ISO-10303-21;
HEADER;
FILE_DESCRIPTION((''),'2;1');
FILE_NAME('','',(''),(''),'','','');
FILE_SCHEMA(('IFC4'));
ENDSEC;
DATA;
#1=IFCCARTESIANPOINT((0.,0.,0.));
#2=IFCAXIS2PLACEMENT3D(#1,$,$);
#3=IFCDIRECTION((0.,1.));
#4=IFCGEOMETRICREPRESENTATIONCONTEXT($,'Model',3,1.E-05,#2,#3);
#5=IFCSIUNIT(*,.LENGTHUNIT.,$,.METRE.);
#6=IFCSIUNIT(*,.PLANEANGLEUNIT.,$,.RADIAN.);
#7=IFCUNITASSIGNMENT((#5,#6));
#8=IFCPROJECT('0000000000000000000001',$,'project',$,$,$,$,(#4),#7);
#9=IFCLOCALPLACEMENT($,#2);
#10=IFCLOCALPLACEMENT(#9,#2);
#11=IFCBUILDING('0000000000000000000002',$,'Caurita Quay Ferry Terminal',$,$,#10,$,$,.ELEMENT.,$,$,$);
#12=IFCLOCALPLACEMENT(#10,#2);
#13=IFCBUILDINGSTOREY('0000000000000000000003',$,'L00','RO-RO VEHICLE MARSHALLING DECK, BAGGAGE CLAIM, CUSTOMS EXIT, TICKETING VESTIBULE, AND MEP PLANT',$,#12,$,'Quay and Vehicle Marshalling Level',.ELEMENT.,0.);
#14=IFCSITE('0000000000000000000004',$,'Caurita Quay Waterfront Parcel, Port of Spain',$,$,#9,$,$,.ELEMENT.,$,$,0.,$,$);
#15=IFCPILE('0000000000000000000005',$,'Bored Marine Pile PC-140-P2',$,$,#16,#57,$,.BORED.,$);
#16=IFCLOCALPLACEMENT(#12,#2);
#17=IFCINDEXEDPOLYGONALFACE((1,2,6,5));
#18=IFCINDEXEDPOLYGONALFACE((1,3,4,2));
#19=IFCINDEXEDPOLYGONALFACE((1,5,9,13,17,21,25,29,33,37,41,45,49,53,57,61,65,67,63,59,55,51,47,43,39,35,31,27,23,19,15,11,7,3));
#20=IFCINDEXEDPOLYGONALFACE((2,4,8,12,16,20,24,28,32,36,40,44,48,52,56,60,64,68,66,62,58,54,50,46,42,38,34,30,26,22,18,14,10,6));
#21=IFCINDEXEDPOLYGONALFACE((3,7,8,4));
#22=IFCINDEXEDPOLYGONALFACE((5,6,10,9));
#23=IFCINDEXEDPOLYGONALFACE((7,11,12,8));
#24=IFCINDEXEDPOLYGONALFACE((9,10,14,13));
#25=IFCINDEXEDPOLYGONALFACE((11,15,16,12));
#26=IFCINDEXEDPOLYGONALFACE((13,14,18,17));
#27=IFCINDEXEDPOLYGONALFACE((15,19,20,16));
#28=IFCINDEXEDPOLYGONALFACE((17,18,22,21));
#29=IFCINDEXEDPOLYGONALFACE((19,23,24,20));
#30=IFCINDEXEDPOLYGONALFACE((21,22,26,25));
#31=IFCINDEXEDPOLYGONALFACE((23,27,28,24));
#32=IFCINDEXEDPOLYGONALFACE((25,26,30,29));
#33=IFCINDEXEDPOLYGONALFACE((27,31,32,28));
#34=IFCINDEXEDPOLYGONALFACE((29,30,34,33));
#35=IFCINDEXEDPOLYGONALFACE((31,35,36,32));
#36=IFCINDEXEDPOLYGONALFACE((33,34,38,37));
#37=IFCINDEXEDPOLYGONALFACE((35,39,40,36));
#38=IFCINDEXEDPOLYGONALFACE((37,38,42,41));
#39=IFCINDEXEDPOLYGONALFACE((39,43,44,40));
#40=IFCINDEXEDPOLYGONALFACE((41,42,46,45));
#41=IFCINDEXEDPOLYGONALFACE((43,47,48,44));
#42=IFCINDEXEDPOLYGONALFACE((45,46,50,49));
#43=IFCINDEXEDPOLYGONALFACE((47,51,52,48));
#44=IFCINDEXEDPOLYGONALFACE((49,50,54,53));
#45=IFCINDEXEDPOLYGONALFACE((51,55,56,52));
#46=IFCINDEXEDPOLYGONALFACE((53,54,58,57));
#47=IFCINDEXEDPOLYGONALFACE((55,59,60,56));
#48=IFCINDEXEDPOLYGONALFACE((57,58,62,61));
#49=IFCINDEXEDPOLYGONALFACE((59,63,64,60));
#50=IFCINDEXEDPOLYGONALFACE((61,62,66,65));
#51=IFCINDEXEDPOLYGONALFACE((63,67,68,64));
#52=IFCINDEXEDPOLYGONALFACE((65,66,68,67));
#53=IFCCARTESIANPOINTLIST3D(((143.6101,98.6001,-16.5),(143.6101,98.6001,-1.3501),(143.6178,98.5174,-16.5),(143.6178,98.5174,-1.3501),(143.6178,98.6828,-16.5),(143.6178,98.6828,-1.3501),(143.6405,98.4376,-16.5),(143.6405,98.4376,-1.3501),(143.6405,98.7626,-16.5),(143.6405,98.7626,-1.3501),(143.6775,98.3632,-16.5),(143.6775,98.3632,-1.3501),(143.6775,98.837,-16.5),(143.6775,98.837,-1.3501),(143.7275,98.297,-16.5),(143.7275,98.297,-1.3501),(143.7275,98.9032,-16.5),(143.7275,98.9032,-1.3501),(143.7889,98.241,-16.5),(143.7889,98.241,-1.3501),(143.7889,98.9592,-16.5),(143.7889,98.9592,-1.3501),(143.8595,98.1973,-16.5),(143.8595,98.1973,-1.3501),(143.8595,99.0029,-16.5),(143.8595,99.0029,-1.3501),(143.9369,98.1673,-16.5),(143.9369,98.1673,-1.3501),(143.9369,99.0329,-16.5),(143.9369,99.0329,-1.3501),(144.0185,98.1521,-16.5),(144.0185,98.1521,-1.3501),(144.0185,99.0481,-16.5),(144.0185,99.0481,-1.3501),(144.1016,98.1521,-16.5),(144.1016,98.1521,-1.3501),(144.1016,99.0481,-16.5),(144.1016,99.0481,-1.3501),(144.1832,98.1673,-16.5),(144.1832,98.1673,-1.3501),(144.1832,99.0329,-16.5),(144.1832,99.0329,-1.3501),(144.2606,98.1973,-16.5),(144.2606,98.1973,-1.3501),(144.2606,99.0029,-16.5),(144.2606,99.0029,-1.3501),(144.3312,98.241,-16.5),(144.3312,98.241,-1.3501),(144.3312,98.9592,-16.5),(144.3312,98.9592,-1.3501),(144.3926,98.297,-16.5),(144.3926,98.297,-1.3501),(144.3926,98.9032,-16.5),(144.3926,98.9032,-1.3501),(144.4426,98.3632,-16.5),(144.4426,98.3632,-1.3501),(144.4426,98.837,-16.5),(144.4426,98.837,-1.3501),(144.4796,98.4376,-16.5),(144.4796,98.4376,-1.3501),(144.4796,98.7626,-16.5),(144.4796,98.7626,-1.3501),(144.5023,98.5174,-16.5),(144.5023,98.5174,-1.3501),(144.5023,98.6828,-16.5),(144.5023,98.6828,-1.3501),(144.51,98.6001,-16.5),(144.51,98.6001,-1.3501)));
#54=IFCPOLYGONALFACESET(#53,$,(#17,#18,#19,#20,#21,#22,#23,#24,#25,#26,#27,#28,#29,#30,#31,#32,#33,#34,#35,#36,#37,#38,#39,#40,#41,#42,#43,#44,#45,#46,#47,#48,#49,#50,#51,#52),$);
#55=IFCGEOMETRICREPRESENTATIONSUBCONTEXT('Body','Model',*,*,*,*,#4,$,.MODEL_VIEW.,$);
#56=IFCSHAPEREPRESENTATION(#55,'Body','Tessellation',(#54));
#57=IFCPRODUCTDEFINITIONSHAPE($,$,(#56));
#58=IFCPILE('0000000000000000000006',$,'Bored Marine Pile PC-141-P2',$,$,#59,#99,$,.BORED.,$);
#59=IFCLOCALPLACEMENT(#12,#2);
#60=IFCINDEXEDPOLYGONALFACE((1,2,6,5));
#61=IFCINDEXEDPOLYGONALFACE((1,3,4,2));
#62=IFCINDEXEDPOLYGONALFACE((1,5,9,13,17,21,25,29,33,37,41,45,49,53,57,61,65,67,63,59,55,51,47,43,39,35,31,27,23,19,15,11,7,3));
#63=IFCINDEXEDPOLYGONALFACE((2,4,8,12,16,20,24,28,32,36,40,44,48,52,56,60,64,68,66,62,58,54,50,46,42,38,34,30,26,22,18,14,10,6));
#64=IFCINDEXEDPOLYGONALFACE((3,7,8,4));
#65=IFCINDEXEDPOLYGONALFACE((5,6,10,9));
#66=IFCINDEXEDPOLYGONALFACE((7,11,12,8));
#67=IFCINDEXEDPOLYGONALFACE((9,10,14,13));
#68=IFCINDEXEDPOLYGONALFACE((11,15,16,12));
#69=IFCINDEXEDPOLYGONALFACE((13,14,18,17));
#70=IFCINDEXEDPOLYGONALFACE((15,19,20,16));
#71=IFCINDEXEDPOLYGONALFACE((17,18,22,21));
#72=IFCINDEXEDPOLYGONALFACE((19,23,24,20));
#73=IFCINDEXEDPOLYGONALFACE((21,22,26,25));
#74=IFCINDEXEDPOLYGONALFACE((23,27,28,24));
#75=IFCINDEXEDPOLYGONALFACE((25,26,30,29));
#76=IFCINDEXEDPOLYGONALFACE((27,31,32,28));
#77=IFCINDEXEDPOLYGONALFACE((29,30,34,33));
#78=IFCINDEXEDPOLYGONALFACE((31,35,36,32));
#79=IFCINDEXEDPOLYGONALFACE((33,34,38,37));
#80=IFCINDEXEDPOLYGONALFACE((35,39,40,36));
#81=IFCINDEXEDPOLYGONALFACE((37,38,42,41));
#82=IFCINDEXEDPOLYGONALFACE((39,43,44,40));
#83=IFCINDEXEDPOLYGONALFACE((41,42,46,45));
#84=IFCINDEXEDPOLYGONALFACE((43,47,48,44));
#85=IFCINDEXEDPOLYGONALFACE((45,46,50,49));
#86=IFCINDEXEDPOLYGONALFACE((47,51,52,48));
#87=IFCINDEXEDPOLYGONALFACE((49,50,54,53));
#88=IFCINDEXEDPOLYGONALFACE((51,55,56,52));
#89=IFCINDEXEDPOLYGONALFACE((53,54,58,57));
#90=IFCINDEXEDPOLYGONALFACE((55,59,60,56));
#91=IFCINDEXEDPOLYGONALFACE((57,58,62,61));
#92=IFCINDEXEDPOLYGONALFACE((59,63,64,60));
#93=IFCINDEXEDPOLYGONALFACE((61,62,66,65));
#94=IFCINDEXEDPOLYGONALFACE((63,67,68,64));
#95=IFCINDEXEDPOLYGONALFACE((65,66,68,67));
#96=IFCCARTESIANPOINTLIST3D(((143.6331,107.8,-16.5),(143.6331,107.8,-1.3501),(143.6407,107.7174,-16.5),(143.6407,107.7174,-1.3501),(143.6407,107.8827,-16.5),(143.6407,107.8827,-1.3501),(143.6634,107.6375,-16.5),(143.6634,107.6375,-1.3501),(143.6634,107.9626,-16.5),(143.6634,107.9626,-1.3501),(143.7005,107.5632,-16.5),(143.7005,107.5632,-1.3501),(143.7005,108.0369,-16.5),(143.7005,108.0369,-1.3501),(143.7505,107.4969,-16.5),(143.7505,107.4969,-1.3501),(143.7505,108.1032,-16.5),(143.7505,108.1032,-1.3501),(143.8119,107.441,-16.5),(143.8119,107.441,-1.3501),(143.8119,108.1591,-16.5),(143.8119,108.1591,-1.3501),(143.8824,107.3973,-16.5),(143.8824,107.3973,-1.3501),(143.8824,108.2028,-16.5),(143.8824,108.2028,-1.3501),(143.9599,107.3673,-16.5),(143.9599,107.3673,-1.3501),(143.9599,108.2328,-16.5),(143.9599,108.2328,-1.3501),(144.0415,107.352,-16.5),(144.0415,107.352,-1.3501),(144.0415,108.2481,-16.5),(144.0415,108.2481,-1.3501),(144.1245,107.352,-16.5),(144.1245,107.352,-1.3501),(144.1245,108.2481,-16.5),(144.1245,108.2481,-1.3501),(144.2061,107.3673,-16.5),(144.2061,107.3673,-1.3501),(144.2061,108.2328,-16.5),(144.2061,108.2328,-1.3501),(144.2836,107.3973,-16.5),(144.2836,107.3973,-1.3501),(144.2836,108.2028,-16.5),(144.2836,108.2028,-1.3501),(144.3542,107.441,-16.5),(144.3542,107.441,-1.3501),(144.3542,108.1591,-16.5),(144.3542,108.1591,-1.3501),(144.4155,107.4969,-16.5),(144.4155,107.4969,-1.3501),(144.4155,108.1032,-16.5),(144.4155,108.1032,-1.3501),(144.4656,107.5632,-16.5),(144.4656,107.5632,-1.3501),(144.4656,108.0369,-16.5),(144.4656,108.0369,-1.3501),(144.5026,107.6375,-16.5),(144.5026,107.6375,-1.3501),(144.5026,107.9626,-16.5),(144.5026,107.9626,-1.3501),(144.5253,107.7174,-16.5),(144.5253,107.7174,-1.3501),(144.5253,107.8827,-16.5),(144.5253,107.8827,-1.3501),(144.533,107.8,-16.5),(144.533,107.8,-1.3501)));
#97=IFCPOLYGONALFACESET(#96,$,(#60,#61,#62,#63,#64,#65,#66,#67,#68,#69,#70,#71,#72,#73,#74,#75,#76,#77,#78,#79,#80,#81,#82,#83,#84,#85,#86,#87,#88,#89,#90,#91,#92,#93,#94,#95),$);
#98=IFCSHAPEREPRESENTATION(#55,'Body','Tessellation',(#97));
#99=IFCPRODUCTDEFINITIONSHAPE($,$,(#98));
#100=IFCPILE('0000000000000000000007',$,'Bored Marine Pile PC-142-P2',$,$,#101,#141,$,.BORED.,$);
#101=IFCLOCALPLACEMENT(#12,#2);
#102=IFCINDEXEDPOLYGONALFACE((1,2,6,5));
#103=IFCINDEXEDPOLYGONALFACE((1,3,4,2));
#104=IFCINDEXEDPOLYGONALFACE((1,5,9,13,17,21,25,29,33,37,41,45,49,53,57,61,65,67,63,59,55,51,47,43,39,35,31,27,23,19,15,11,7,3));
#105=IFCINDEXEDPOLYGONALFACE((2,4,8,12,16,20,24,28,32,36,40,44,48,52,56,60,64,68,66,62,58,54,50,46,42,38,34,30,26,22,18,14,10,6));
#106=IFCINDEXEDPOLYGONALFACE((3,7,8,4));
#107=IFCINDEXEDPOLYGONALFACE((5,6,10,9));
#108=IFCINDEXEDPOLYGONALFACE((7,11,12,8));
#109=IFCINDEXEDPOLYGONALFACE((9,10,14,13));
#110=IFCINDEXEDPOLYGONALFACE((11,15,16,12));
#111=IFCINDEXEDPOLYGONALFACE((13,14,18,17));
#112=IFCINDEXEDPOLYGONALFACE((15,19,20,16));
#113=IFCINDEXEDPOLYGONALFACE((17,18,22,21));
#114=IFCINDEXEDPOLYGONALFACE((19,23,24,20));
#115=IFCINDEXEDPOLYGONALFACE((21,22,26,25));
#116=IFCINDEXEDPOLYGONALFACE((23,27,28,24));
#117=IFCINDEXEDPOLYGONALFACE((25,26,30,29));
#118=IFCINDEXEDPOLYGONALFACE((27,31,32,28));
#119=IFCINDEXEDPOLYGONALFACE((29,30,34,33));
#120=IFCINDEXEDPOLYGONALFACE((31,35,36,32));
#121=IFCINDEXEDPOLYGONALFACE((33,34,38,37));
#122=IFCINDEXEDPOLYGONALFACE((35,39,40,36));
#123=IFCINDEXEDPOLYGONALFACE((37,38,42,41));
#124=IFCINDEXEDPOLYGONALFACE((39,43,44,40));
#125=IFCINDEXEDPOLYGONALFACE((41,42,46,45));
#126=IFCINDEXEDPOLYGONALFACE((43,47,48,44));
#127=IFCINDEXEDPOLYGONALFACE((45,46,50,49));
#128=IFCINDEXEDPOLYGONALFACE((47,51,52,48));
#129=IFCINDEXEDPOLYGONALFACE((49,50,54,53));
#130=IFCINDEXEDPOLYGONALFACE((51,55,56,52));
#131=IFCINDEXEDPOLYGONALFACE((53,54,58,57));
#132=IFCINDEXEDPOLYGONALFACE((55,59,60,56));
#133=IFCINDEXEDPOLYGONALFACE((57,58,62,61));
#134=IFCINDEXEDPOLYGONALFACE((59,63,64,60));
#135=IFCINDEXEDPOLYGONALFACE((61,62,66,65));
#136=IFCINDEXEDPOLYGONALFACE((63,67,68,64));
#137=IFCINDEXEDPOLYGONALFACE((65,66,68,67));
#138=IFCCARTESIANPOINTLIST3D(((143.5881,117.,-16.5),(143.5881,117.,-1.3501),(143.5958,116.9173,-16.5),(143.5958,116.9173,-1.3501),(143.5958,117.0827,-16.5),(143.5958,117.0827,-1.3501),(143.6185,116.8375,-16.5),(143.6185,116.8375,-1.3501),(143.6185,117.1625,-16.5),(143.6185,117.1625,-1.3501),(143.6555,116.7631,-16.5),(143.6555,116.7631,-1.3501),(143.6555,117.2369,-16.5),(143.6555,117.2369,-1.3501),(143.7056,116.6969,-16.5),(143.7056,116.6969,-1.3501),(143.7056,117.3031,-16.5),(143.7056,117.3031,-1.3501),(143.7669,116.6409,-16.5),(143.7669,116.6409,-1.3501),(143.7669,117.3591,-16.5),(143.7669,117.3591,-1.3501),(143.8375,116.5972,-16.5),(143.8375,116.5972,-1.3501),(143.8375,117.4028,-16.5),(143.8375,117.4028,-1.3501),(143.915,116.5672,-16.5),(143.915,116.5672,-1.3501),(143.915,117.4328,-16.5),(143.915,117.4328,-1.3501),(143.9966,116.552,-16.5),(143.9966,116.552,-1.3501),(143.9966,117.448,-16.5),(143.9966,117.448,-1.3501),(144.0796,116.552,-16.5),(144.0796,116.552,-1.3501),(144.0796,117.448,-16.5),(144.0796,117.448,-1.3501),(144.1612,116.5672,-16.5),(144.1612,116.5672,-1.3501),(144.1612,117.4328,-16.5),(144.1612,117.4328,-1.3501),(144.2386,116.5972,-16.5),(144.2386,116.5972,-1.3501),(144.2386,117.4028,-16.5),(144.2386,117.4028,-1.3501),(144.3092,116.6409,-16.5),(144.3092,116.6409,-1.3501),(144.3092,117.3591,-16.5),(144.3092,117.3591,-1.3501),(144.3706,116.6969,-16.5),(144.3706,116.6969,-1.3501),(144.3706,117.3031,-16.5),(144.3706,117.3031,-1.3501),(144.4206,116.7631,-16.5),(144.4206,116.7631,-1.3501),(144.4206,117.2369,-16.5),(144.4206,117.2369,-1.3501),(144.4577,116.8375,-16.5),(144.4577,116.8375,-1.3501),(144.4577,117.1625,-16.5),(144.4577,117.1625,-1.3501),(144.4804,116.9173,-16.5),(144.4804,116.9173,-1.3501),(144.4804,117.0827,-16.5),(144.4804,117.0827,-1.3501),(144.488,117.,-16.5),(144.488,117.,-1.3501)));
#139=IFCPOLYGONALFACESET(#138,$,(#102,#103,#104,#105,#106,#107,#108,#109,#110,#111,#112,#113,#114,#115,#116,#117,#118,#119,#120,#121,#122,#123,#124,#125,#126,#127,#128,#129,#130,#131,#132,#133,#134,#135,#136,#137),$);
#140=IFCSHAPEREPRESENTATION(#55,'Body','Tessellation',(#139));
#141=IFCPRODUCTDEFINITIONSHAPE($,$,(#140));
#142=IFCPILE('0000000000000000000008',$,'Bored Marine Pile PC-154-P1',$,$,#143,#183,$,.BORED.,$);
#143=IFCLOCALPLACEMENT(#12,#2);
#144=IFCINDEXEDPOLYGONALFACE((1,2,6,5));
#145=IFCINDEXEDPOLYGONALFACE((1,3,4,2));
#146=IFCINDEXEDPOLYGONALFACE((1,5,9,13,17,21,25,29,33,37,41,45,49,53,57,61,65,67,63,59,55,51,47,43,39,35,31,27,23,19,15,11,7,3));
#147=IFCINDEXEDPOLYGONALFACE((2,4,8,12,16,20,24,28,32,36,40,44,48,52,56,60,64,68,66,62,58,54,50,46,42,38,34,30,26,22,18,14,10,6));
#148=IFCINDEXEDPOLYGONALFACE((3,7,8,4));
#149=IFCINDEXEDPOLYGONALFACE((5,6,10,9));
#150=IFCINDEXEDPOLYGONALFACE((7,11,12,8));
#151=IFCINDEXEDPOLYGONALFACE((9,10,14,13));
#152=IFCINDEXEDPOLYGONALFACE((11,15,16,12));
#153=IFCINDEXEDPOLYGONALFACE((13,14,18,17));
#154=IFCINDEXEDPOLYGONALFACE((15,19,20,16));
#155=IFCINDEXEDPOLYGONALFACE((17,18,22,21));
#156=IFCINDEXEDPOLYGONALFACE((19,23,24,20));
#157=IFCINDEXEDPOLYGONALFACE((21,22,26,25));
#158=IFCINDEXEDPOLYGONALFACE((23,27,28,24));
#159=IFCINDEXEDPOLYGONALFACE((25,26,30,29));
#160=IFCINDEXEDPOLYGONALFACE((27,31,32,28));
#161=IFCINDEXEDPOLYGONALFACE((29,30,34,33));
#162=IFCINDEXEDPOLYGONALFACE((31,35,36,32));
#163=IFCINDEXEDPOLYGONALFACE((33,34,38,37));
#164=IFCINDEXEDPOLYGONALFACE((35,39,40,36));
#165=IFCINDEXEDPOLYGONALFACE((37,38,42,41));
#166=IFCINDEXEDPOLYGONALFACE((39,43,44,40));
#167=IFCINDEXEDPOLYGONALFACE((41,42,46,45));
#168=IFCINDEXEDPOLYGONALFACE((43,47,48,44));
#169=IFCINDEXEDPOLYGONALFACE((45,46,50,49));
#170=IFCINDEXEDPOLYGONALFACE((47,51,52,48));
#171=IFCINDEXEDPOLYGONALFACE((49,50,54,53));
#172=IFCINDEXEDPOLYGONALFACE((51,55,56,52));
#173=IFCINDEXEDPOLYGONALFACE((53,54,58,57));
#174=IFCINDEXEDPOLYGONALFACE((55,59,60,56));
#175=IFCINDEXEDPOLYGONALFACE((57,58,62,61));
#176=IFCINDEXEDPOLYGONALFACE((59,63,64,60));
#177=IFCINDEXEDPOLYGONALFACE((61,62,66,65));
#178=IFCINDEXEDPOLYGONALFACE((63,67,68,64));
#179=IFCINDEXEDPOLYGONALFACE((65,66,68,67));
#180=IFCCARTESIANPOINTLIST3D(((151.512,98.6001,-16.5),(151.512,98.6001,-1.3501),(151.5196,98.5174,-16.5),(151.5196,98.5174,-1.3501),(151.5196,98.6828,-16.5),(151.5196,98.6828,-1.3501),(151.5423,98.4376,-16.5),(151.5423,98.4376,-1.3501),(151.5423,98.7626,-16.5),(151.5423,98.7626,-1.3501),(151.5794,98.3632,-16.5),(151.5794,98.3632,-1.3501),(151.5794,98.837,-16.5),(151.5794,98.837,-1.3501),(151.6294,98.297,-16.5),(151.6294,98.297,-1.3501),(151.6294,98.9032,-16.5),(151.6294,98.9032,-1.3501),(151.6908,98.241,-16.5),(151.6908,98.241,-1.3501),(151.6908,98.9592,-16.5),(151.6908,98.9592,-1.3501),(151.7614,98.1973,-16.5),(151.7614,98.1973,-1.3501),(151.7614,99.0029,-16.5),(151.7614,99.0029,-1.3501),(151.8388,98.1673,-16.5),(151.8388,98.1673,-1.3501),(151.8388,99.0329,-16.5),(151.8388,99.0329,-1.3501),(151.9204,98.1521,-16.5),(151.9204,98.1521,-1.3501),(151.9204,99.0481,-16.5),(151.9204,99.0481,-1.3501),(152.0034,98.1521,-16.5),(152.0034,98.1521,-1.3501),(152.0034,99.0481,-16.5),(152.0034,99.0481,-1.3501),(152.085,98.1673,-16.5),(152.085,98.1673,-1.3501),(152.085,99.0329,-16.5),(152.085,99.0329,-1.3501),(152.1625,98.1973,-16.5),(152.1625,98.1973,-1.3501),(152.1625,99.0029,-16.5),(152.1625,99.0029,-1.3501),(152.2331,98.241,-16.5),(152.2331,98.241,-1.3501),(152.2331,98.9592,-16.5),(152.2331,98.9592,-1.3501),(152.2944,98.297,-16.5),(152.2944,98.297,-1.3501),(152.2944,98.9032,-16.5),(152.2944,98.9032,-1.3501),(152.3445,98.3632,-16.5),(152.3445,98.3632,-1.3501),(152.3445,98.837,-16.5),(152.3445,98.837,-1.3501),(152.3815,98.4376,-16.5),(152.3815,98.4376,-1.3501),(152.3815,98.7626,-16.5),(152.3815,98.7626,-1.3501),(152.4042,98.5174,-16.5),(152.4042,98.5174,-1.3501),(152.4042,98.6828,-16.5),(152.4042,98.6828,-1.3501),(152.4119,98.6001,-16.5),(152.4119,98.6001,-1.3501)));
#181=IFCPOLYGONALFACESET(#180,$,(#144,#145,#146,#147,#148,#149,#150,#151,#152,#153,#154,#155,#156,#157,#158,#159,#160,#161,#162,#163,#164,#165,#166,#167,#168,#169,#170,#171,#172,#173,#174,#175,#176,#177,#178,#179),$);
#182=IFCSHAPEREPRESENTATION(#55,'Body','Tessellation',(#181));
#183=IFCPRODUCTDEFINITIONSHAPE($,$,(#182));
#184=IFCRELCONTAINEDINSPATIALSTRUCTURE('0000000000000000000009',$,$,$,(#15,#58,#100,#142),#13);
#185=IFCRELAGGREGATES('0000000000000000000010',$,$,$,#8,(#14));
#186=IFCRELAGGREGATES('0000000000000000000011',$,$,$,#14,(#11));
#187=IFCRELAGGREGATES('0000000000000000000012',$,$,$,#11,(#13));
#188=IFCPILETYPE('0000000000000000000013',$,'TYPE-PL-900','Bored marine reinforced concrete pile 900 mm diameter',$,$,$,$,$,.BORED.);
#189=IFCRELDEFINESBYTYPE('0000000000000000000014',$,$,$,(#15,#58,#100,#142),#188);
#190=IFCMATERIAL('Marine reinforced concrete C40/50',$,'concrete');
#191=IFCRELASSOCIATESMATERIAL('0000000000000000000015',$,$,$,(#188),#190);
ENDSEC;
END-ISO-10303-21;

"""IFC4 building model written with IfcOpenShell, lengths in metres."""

from ifc_helpers import new_model, si_unit, direction, frame, origin, origin_2d, place, context, subcontext, project, spatial, circle, extrude, material, material_profile, profile_set, type_object, element, save


model = new_model("IFC4")

# Units and contexts
model_context = context("Model", 3, precision=1e-05, world=origin(), true_north=direction((0.0, 1.0)))
body_context = subcontext(model_context, "Body", "Model", "MODEL_VIEW")
ifc_project = project(units=[si_unit("LENGTHUNIT", "METRE"), si_unit("PLANEANGLEUNIT", "RADIAN")], contexts=[model_context])

# Site, building, storey
site_placement = place(None, origin())
site = spatial("IfcSite", under=ifc_project, at=site_placement, Name="Caurita Quay Waterfront Parcel, Port of Spain", CompositionType="ELEMENT", RefElevation=0.0)
building_placement = place(site_placement, origin())
building = spatial("IfcBuilding", under=site, at=building_placement, Name="Caurita Quay Ferry Terminal", CompositionType="ELEMENT")
storey_placement = place(building_placement, origin())
storey = spatial("IfcBuildingStorey", under=building, at=storey_placement, Name="L00", Description="RO-RO VEHICLE MARSHALLING DECK, BAGGAGE CLAIM, CUSTOMS EXIT, TICKETING VESTIBULE, AND MEP PLANT", LongName="Quay and Vehicle Marshalling Level", CompositionType="ELEMENT", Elevation=0.0)

# Piles
ifc_material_1 = material(Name="Marine reinforced concrete C40/50", Category="concrete")
ifc_material_profile_1 = material_profile(ifc_material_1, circle(Radius=0.45, at=origin_2d()), Name="PILE-D900")
ifc_profile_set_1 = profile_set([ifc_material_profile_1], Name="Marine reinforced concrete C40/50")
pile_type = type_object("IfcPileType", Name="TYPE-PL-900", Description="Bored marine reinforced concrete pile 900 mm diameter", PredefinedType="BORED", material=ifc_profile_set_1)
for number, where, z_axis, x_axis, name in (
    (1, (144.0601, 98.6001, -1.3501), (0.0, 0.0, -1.0), (1.0, 0.0, 0.0), "Bored Marine Pile PC-140-P2"),
    (2, (144.083, 107.8, -1.3501), (0.0, 0.0, -1.0), (1.0, 0.0, 0.0), "Bored Marine Pile PC-141-P2"),
    (3, (144.0381, 117.0, -1.3501), (0.0, 0.0, -1.0), (1.0, 0.0, 0.0), "Bored Marine Pile PC-142-P2"),
    (4, (151.9619, 98.6001, -1.3501), (0.0, 0.0, -1.0), (1.0, 0.0, 0.0), "Bored Marine Pile PC-154-P1"),
):
    element("IfcPile", number, at=place(storey_placement, frame(where, z_axis=z_axis, x_axis=x_axis)), inside=storey, type_object=pile_type, Name=name, PredefinedType="BORED", context=body_context, shape_type="SweptSolid", body=[
        extrude(circle(Radius=0.45, at=origin_2d()), origin(), (0.0, 0.0, 1.0), 15.1499),
    ])

save(model, "model.ifc")
